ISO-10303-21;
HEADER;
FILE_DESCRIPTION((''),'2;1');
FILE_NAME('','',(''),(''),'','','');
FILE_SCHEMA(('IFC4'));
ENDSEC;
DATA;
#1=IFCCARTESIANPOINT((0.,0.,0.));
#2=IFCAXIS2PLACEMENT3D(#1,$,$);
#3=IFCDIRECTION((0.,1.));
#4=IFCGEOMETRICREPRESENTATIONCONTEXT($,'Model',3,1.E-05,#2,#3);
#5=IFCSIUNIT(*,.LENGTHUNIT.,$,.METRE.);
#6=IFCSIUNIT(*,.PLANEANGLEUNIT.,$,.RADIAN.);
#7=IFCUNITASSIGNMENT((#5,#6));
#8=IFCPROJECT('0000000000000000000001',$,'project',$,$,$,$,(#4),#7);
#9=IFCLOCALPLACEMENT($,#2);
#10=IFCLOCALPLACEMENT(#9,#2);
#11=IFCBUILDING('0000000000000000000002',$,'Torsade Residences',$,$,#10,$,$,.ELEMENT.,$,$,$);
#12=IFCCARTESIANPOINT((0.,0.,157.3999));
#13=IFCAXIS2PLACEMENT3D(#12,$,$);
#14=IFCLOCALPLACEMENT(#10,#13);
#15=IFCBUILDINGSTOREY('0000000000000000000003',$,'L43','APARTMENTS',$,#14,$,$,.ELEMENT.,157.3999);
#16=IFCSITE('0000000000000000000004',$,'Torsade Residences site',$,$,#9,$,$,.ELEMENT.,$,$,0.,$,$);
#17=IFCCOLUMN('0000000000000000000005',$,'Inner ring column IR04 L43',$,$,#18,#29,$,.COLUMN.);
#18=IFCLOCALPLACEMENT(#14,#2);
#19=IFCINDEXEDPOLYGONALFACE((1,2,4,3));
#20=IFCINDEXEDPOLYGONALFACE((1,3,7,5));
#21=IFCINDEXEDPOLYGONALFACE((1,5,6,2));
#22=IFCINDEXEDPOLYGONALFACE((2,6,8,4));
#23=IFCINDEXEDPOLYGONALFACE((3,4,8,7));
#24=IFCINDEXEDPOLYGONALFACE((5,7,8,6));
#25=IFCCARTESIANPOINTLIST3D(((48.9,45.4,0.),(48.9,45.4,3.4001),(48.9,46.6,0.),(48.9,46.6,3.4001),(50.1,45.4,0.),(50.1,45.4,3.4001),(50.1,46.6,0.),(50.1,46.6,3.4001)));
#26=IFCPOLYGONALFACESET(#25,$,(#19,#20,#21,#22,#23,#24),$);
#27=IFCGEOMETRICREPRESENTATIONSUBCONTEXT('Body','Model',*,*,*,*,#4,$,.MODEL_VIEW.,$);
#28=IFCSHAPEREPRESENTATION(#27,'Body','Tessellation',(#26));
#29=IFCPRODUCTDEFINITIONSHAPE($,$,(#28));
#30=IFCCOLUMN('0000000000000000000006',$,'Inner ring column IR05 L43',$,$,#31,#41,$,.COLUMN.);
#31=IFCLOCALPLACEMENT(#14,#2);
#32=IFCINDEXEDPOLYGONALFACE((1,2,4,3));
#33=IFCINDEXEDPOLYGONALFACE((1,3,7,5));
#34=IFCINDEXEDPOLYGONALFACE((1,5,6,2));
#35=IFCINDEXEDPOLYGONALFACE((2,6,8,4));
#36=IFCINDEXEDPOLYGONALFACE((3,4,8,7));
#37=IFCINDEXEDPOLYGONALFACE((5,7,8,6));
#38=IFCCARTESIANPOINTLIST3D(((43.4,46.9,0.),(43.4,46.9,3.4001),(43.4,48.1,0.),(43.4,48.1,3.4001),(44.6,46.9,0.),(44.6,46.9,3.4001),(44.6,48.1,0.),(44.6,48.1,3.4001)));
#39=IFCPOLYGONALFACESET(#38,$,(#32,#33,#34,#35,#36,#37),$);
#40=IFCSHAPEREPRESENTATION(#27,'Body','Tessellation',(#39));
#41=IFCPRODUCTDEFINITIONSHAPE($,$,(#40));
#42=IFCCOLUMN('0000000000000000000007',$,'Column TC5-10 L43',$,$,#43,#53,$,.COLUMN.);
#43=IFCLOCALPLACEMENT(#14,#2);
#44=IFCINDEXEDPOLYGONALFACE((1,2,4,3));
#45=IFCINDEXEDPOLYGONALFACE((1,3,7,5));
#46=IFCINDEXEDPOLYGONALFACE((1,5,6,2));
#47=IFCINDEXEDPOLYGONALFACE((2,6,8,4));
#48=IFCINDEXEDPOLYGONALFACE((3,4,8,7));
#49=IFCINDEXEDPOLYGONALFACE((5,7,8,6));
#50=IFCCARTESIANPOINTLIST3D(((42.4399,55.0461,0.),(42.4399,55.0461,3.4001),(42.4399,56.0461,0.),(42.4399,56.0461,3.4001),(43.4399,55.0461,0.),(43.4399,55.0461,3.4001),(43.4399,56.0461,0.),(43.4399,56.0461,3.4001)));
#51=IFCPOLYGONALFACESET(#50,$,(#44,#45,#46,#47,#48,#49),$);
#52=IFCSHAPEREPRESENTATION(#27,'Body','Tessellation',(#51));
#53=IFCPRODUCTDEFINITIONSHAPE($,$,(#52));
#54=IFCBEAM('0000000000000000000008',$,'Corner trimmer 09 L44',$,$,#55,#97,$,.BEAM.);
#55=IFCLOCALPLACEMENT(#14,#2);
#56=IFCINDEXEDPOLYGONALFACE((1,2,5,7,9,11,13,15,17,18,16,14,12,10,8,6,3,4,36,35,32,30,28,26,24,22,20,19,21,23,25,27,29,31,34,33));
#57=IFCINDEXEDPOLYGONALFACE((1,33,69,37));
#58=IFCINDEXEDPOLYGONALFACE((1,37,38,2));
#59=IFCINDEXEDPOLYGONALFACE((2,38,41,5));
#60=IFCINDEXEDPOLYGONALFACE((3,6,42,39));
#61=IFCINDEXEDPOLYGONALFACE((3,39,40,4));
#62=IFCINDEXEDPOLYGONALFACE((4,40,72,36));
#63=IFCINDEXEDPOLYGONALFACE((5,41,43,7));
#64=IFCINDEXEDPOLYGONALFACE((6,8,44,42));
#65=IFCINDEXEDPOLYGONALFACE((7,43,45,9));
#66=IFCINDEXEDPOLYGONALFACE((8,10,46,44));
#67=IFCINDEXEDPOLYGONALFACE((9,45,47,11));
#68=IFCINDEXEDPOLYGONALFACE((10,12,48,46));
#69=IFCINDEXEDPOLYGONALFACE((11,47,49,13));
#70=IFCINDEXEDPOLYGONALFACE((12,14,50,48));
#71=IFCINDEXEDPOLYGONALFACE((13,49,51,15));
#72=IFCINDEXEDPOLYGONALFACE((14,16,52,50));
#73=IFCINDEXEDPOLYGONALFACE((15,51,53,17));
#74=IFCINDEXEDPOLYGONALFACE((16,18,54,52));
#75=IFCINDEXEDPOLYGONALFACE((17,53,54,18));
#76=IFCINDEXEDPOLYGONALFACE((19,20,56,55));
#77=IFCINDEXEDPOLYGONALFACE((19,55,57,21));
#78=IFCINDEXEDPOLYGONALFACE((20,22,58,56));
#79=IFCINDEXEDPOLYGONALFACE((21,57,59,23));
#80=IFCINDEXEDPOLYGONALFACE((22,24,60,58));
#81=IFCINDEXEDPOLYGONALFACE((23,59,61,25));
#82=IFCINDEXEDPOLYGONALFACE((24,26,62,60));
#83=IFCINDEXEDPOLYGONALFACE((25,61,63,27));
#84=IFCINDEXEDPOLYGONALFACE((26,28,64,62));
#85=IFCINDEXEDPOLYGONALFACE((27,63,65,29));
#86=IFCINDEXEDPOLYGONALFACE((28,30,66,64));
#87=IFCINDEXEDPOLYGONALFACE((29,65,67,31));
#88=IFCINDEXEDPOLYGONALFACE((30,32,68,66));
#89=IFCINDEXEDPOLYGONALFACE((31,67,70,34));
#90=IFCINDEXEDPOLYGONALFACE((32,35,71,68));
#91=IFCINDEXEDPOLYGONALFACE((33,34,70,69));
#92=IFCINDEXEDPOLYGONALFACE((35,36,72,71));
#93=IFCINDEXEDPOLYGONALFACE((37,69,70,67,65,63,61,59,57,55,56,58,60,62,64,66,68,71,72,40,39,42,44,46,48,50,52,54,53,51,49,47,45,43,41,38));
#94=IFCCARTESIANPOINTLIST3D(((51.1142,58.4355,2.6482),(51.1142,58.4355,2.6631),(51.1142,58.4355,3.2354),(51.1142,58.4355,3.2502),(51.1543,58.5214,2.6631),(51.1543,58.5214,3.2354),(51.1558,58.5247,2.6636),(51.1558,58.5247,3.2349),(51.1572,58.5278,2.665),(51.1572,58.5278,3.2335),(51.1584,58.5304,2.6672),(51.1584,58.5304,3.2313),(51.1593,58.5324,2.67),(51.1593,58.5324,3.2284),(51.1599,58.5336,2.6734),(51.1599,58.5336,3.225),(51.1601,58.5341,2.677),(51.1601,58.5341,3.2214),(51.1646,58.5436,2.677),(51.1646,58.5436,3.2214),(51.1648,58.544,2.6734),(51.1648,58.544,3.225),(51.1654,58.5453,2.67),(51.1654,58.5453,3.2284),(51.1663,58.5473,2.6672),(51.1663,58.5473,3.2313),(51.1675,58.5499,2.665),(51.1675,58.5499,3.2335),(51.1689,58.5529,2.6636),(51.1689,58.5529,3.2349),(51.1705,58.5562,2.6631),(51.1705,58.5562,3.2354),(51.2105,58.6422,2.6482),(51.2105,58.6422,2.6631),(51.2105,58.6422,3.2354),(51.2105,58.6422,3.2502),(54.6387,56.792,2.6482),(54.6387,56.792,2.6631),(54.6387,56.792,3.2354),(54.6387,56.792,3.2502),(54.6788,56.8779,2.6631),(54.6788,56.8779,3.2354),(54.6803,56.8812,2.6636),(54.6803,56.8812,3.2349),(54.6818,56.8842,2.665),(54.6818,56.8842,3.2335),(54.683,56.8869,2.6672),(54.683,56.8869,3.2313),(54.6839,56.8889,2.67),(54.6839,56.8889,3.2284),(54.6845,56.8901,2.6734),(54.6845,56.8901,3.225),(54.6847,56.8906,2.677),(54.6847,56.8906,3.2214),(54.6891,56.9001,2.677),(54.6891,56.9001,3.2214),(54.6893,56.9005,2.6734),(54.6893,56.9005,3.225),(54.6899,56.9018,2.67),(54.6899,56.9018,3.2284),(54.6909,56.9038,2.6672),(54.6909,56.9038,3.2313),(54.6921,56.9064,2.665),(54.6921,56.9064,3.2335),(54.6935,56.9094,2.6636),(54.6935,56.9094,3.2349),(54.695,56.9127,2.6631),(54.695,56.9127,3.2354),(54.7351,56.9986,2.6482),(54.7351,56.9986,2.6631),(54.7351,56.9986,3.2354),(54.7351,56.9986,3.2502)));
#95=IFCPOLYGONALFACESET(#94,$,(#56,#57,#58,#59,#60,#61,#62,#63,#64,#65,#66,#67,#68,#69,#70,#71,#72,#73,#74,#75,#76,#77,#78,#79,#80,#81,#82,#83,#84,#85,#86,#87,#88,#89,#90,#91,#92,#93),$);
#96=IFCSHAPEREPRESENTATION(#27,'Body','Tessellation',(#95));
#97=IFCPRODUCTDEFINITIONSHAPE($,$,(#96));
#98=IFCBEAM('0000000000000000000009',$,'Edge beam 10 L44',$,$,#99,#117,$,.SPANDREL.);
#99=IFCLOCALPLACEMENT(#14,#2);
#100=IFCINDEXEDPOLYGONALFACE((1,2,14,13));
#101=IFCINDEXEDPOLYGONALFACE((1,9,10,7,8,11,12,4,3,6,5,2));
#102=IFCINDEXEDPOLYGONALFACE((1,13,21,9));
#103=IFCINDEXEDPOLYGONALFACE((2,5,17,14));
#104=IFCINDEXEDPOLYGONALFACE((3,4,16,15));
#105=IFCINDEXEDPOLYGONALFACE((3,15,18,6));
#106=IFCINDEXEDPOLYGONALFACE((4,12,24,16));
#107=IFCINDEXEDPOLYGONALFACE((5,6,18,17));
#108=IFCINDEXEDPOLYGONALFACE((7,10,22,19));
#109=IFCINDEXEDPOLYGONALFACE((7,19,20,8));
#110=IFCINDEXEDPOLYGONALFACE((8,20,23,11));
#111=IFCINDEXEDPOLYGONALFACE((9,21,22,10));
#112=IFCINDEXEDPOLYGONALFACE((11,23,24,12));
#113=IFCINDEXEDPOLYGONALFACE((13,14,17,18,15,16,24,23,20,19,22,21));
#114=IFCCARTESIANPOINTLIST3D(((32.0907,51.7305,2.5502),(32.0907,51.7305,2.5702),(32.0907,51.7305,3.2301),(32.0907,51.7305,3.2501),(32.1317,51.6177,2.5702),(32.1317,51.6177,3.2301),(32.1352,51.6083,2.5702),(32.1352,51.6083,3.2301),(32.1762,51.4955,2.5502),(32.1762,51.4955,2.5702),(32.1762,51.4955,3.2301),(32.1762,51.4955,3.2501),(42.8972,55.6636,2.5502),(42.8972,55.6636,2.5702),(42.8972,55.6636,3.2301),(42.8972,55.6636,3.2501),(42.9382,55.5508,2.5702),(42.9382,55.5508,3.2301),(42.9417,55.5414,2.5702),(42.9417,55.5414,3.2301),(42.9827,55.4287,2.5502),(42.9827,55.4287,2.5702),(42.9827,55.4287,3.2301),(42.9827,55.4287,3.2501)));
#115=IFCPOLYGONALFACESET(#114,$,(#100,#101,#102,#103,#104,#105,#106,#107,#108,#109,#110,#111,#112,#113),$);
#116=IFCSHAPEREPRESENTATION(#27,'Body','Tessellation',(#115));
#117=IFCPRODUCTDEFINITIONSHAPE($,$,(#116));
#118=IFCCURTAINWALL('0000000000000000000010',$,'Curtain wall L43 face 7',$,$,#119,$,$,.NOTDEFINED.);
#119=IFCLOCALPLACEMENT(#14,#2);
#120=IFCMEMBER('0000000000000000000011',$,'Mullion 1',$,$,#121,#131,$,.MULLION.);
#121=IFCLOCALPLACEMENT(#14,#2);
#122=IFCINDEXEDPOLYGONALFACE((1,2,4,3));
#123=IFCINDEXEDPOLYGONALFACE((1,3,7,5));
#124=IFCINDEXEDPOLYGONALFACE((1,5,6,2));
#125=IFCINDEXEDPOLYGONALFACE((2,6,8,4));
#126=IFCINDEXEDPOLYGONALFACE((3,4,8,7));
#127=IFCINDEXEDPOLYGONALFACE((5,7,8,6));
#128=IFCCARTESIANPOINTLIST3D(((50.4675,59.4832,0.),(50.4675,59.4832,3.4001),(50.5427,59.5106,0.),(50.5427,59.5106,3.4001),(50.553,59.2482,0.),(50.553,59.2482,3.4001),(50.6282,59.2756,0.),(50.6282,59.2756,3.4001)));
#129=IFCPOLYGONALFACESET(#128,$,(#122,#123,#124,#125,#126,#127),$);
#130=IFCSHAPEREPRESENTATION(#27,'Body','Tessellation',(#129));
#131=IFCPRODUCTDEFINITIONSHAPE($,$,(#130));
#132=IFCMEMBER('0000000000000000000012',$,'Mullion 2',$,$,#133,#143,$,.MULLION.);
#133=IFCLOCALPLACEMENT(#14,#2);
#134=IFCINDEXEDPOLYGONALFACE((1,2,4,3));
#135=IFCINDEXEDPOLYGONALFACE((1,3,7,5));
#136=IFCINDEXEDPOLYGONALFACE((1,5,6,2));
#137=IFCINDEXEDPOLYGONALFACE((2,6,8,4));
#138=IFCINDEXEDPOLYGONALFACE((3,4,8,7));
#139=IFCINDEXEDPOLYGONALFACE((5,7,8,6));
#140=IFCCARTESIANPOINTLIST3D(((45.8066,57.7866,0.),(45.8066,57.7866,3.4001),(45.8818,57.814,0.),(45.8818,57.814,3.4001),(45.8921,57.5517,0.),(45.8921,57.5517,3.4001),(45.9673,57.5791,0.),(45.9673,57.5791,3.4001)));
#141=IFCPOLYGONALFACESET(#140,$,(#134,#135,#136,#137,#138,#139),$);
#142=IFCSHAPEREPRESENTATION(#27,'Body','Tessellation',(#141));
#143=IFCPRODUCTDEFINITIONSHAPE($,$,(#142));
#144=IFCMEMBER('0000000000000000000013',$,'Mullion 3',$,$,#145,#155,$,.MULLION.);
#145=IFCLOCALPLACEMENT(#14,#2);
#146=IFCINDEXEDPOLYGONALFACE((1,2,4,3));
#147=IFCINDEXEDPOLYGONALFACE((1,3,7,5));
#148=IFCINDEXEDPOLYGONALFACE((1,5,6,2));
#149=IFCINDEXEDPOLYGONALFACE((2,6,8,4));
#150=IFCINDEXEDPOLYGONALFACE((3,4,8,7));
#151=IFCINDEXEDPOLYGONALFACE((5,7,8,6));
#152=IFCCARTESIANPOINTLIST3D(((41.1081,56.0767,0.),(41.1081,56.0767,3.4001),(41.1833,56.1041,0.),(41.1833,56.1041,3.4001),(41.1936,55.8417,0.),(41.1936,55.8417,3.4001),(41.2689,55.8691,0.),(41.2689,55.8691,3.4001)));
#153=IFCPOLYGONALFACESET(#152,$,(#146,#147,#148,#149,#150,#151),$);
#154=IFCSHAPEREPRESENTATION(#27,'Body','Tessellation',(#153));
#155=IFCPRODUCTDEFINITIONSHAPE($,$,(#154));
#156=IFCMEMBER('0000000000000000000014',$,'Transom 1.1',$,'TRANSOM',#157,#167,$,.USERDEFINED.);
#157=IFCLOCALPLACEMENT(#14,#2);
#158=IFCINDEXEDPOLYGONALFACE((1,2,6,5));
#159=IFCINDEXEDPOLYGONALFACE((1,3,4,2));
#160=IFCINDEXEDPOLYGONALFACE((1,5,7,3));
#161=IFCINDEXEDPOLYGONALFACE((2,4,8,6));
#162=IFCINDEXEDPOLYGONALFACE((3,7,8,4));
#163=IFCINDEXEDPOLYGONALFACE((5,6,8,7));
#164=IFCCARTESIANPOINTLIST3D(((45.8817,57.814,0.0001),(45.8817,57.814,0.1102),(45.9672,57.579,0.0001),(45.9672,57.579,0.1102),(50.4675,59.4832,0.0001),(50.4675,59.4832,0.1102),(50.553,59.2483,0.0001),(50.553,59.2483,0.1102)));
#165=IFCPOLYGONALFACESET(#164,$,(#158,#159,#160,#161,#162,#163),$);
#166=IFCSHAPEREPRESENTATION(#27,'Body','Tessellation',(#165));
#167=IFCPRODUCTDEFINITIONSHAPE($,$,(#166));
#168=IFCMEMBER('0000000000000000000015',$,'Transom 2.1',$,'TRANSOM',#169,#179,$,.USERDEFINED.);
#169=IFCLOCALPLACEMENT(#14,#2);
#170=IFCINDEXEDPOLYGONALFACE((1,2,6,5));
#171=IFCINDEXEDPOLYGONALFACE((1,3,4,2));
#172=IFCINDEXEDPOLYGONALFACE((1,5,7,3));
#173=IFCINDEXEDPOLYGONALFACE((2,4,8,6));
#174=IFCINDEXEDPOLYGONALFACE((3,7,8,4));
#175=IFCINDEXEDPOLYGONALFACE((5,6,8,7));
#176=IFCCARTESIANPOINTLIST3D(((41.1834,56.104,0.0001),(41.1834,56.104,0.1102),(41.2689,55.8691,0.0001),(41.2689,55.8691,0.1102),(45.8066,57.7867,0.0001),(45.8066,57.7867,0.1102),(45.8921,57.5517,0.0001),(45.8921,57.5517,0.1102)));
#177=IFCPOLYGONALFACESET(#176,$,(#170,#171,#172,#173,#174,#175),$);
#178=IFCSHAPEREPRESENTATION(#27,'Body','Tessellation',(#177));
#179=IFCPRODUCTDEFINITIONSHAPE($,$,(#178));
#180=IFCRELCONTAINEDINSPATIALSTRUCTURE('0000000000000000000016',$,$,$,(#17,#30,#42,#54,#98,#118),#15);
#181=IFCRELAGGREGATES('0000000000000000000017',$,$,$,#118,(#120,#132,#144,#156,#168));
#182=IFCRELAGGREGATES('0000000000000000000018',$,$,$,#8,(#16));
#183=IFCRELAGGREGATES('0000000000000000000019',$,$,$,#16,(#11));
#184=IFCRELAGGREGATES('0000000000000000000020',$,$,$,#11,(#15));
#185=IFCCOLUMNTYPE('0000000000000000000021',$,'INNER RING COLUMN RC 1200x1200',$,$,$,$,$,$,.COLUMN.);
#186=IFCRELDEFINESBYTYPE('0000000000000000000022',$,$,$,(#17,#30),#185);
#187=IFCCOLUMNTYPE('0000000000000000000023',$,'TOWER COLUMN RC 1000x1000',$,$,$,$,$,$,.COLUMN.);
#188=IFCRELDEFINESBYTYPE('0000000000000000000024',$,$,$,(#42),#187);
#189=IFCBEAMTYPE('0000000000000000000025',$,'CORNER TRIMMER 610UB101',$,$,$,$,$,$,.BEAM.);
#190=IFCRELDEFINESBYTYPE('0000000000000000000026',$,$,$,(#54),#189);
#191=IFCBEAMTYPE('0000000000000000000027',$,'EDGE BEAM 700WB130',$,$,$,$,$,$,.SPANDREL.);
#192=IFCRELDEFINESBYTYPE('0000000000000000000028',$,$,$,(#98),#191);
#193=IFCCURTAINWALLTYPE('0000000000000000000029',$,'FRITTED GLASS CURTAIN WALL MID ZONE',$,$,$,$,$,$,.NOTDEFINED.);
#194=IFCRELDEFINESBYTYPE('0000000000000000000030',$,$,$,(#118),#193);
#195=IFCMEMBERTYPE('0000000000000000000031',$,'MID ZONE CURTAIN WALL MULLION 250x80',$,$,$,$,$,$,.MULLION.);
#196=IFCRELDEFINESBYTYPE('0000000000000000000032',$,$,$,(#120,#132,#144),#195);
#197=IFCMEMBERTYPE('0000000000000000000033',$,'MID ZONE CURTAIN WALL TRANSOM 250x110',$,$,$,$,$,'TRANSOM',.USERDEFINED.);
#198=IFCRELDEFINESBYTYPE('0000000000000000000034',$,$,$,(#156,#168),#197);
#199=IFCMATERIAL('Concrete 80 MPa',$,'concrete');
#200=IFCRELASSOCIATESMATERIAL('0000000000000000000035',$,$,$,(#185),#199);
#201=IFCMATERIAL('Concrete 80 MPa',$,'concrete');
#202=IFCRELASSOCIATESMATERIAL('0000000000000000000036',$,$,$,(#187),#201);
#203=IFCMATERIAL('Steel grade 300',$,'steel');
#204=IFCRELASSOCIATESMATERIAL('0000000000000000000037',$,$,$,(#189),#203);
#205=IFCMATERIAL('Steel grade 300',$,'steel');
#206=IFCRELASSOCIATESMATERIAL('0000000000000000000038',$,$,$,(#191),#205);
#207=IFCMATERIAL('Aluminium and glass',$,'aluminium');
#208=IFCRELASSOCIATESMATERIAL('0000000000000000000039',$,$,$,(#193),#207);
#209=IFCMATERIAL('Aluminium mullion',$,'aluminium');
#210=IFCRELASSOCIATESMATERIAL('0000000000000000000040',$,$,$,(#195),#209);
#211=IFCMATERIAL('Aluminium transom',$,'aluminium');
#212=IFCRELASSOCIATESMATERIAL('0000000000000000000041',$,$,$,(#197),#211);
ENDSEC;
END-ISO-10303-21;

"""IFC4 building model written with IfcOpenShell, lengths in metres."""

from ifc_helpers import new_model, si_unit, direction, frame, origin, origin_2d, place, context, subcontext, project, spatial, rectangle, i_section, extrude, material, material_profile, profile_set, type_object, element, aggregate, save


model = new_model("IFC4")

# Units and contexts
model_context = context("Model", 3, precision=1e-05, world=origin(), true_north=direction((0.0, 1.0)))
body_context = subcontext(model_context, "Body", "Model", "MODEL_VIEW")
ifc_project = project(units=[si_unit("LENGTHUNIT", "METRE"), si_unit("PLANEANGLEUNIT", "RADIAN")], contexts=[model_context])

# Site, building, storey
site_placement = place(None, origin())
site = spatial("IfcSite", under=ifc_project, at=site_placement, Name="Torsade Residences site", CompositionType="ELEMENT", RefElevation=0.0)
building_placement = place(site_placement, origin())
building = spatial("IfcBuilding", under=site, at=building_placement, Name="Torsade Residences", CompositionType="ELEMENT")
storey_placement = place(building_placement, frame((0.0, 0.0, 157.3999)))
storey = spatial("IfcBuildingStorey", under=building, at=storey_placement, Name="L43", Description="APARTMENTS", CompositionType="ELEMENT", Elevation=157.3999)

# Columns
ifc_material_1 = material(Name="Concrete 80 MPa", Category="concrete")
ifc_material_profile_1 = material_profile(ifc_material_1, rectangle(XDim=1.2, YDim=1.2, at=origin_2d()), Name="RC 1200x1200")
ifc_profile_set_1 = profile_set([ifc_material_profile_1], Name="Concrete 80 MPa")
column_type_1 = type_object("IfcColumnType", Name="INNER RING COLUMN RC 1200x1200", PredefinedType="COLUMN", material=ifc_profile_set_1)
for number, where, z_axis, x_axis, name in (
    (1, (49.5, 46.0, 0.0), (0.0, 0.0, 1.0), (1.0, 0.0, 0.0), "Inner ring column IR04 L43"),
    (2, (44.0, 47.5, 0.0), (0.0, 0.0, 1.0), (1.0, 0.0, 0.0), "Inner ring column IR05 L43"),
):
    element("IfcColumn", number, at=place(storey_placement, frame(where, z_axis=z_axis, x_axis=x_axis)), inside=storey, type_object=column_type_1, Name=name, PredefinedType="COLUMN", context=body_context, shape_type="SweptSolid", body=[
        extrude(rectangle(XDim=1.2, YDim=1.2, at=origin_2d()), origin(), (0.0, 0.0, 1.0), 3.4001),
    ])
ifc_material_2 = material(Name="Concrete 80 MPa", Category="concrete")
ifc_material_profile_2 = material_profile(ifc_material_2, rectangle(XDim=1.0, YDim=1.0, at=origin_2d()), Name="RC 1000x1000")
ifc_profile_set_2 = profile_set([ifc_material_profile_2], Name="Concrete 80 MPa")
column_type_2 = type_object("IfcColumnType", Name="TOWER COLUMN RC 1000x1000", PredefinedType="COLUMN", material=ifc_profile_set_2)
column_placement = place(storey_placement, frame((42.9399, 55.5461, 0.0), z_axis=(0.0, 0.0, 1.0), x_axis=(1.0, 0.0, 0.0)))
element("IfcColumn", 3, at=column_placement, inside=storey, type_object=column_type_2, Name="Column TC5-10 L43", PredefinedType="COLUMN", context=body_context, shape_type="SweptSolid", body=[
    extrude(rectangle(XDim=1.0, YDim=1.0, at=origin_2d()), origin(), (0.0, 0.0, 1.0), 3.4001),
])

# Beams
ifc_material_3 = material(Name="Steel grade 300", Category="steel")
ifc_material_profile_3 = material_profile(ifc_material_3, i_section(OverallWidth=0.228, OverallDepth=0.6021, WebThickness=0.0105, FlangeThickness=0.0149, FilletRadius=0.0139, at=origin_2d()), Name="610UB101")
ifc_profile_set_3 = profile_set([ifc_material_profile_3], Name="Steel grade 300")
beam_type_1 = type_object("IfcBeamType", Name="CORNER TRIMMER 610UB101", PredefinedType="BEAM", material=ifc_profile_set_3)
beam_1_placement = place(storey_placement, frame((51.1624, 58.5388, 2.9492), z_axis=(0.90631, -0.422614, 0.0), x_axis=(0.422614, 0.90631, 0.0)))
element("IfcBeam", 4, at=beam_1_placement, inside=storey, type_object=beam_type_1, Name="Corner trimmer 09 L44", PredefinedType="BEAM", context=body_context, shape_type="SweptSolid", body=[
    extrude(i_section(OverallWidth=0.228, OverallDepth=0.6021, WebThickness=0.0105, FlangeThickness=0.0149, FilletRadius=0.0139, at=origin_2d()), origin(), (0.0, 0.0, 1.0), 3.8889),
])
ifc_material_4 = material(Name="Steel grade 300", Category="steel")
ifc_material_profile_4 = material_profile(ifc_material_4, i_section(OverallWidth=0.25, OverallDepth=0.7, WebThickness=0.01, FlangeThickness=0.02, at=origin_2d()), Name="700WB130")
ifc_profile_set_4 = profile_set([ifc_material_profile_4], Name="Steel grade 300")
beam_type_2 = type_object("IfcBeamType", Name="EDGE BEAM 700WB130", PredefinedType="SPANDREL", material=ifc_profile_set_4)
beam_2_placement = place(storey_placement, frame((42.9399, 55.5461, 2.9001), z_axis=(-0.939695, -0.342012, 0.0), x_axis=(0.342012, -0.939695, 0.0)))
element("IfcBeam", 5, at=beam_2_placement, inside=storey, type_object=beam_type_2, Name="Edge beam 10 L44", PredefinedType="SPANDREL", context=body_context, shape_type="SweptSolid", body=[
    extrude(i_section(OverallWidth=0.25, OverallDepth=0.7, WebThickness=0.01, FlangeThickness=0.02, at=origin_2d()), origin(), (0.0, 0.0, 1.0), 11.5),
])

# Curtain wall, members
ifc_material_5 = material(Name="Aluminium and glass", Category="aluminium")
curtain_wall_type = type_object("IfcCurtainWallType", Name="FRITTED GLASS CURTAIN WALL MID ZONE", PredefinedType="NOTDEFINED", material=ifc_material_5)
curtain_wall_placement = place(storey_placement, origin())
curtain_wall = element("IfcCurtainWall", 6, at=curtain_wall_placement, inside=storey, type_object=curtain_wall_type, Name="Curtain wall L43 face 7", PredefinedType="NOTDEFINED")
ifc_material_6 = material(Name="Aluminium mullion", Category="aluminium")
ifc_material_profile_5 = material_profile(ifc_material_6, rectangle(XDim=0.25, YDim=0.0801, at=origin_2d()), Name="MID ZONE CURTAIN WALL MULLION 250x80")
ifc_profile_set_5 = profile_set([ifc_material_profile_5], Name="Aluminium mullion")
member_type_1 = type_object("IfcMemberType", Name="MID ZONE CURTAIN WALL MULLION 250x80", PredefinedType="MULLION", material=ifc_profile_set_5)
member_1_placement = place(storey_placement, frame((50.5479, 59.3794, 0.0), z_axis=(0.0, 0.0, 1.0), x_axis=(0.34202, -0.939693, 0.0)))
member_1 = element("IfcMember", 7, at=member_1_placement, type_object=member_type_1, Name="Mullion 1", PredefinedType="MULLION", context=body_context, shape_type="SweptSolid", body=[
    extrude(rectangle(XDim=0.25, YDim=0.0801, at=origin_2d()), origin(), (0.0, 0.0, 1.0), 3.4001),
])
member_2_placement = place(storey_placement, frame((45.887, 57.6829, 0.0), z_axis=(0.0, 0.0, 1.0), x_axis=(0.34202, -0.939693, 0.0)))
member_2 = element("IfcMember", 8, at=member_2_placement, type_object=member_type_1, Name="Mullion 2", PredefinedType="MULLION", context=body_context, shape_type="SweptSolid", body=[
    extrude(rectangle(XDim=0.25, YDim=0.0801, at=origin_2d()), origin(), (0.0, 0.0, 1.0), 3.4001),
])
member_3_placement = place(storey_placement, frame((41.1885, 55.9729, 0.0), z_axis=(0.0, 0.0, 1.0), x_axis=(0.34202, -0.939693, 0.0)))
member_3 = element("IfcMember", 9, at=member_3_placement, type_object=member_type_1, Name="Mullion 3", PredefinedType="MULLION", context=body_context, shape_type="SweptSolid", body=[
    extrude(rectangle(XDim=0.25, YDim=0.0801, at=origin_2d()), origin(), (0.0, 0.0, 1.0), 3.4001),
])
ifc_material_7 = material(Name="Aluminium transom", Category="aluminium")
ifc_material_profile_6 = material_profile(ifc_material_7, rectangle(XDim=0.25, YDim=0.1101, at=origin_2d()), Name="MID ZONE CURTAIN WALL TRANSOM 250x110")
ifc_profile_set_6 = profile_set([ifc_material_profile_6], Name="Aluminium transom")
member_type_2 = type_object("IfcMemberType", Name="MID ZONE CURTAIN WALL TRANSOM 250x110", ElementType="TRANSOM", PredefinedType="USERDEFINED", material=ifc_profile_set_6)
member_4_placement = place(storey_placement, frame((50.5103, 59.3657, 0.0552), z_axis=(-0.939684, -0.342044, 0.0), x_axis=(0.342044, -0.939684, 0.0)))
member_4 = element("IfcMember", 10, at=member_4_placement, type_object=member_type_2, Name="Transom 1.1", ObjectType="TRANSOM", PredefinedType="USERDEFINED", context=body_context, shape_type="SweptSolid", body=[
    extrude(rectangle(XDim=0.25, YDim=0.1101, at=origin_2d()), origin(), (0.0, 0.0, 1.0), 4.8801),
])
member_5_placement = place(storey_placement, frame((45.8494, 57.6692, 0.0552), z_axis=(-0.939701, -0.341998, 0.0), x_axis=(0.341998, -0.939701, 0.0)))
member_5 = element("IfcMember", 11, at=member_5_placement, type_object=member_type_2, Name="Transom 2.1", ObjectType="TRANSOM", PredefinedType="USERDEFINED", context=body_context, shape_type="SweptSolid", body=[
    extrude(rectangle(XDim=0.25, YDim=0.1101, at=origin_2d()), origin(), (0.0, 0.0, 1.0), 4.9199),
])

aggregate(curtain_wall, [member_1, member_2, member_3, member_4, member_5])

save(model, "model.ifc")
